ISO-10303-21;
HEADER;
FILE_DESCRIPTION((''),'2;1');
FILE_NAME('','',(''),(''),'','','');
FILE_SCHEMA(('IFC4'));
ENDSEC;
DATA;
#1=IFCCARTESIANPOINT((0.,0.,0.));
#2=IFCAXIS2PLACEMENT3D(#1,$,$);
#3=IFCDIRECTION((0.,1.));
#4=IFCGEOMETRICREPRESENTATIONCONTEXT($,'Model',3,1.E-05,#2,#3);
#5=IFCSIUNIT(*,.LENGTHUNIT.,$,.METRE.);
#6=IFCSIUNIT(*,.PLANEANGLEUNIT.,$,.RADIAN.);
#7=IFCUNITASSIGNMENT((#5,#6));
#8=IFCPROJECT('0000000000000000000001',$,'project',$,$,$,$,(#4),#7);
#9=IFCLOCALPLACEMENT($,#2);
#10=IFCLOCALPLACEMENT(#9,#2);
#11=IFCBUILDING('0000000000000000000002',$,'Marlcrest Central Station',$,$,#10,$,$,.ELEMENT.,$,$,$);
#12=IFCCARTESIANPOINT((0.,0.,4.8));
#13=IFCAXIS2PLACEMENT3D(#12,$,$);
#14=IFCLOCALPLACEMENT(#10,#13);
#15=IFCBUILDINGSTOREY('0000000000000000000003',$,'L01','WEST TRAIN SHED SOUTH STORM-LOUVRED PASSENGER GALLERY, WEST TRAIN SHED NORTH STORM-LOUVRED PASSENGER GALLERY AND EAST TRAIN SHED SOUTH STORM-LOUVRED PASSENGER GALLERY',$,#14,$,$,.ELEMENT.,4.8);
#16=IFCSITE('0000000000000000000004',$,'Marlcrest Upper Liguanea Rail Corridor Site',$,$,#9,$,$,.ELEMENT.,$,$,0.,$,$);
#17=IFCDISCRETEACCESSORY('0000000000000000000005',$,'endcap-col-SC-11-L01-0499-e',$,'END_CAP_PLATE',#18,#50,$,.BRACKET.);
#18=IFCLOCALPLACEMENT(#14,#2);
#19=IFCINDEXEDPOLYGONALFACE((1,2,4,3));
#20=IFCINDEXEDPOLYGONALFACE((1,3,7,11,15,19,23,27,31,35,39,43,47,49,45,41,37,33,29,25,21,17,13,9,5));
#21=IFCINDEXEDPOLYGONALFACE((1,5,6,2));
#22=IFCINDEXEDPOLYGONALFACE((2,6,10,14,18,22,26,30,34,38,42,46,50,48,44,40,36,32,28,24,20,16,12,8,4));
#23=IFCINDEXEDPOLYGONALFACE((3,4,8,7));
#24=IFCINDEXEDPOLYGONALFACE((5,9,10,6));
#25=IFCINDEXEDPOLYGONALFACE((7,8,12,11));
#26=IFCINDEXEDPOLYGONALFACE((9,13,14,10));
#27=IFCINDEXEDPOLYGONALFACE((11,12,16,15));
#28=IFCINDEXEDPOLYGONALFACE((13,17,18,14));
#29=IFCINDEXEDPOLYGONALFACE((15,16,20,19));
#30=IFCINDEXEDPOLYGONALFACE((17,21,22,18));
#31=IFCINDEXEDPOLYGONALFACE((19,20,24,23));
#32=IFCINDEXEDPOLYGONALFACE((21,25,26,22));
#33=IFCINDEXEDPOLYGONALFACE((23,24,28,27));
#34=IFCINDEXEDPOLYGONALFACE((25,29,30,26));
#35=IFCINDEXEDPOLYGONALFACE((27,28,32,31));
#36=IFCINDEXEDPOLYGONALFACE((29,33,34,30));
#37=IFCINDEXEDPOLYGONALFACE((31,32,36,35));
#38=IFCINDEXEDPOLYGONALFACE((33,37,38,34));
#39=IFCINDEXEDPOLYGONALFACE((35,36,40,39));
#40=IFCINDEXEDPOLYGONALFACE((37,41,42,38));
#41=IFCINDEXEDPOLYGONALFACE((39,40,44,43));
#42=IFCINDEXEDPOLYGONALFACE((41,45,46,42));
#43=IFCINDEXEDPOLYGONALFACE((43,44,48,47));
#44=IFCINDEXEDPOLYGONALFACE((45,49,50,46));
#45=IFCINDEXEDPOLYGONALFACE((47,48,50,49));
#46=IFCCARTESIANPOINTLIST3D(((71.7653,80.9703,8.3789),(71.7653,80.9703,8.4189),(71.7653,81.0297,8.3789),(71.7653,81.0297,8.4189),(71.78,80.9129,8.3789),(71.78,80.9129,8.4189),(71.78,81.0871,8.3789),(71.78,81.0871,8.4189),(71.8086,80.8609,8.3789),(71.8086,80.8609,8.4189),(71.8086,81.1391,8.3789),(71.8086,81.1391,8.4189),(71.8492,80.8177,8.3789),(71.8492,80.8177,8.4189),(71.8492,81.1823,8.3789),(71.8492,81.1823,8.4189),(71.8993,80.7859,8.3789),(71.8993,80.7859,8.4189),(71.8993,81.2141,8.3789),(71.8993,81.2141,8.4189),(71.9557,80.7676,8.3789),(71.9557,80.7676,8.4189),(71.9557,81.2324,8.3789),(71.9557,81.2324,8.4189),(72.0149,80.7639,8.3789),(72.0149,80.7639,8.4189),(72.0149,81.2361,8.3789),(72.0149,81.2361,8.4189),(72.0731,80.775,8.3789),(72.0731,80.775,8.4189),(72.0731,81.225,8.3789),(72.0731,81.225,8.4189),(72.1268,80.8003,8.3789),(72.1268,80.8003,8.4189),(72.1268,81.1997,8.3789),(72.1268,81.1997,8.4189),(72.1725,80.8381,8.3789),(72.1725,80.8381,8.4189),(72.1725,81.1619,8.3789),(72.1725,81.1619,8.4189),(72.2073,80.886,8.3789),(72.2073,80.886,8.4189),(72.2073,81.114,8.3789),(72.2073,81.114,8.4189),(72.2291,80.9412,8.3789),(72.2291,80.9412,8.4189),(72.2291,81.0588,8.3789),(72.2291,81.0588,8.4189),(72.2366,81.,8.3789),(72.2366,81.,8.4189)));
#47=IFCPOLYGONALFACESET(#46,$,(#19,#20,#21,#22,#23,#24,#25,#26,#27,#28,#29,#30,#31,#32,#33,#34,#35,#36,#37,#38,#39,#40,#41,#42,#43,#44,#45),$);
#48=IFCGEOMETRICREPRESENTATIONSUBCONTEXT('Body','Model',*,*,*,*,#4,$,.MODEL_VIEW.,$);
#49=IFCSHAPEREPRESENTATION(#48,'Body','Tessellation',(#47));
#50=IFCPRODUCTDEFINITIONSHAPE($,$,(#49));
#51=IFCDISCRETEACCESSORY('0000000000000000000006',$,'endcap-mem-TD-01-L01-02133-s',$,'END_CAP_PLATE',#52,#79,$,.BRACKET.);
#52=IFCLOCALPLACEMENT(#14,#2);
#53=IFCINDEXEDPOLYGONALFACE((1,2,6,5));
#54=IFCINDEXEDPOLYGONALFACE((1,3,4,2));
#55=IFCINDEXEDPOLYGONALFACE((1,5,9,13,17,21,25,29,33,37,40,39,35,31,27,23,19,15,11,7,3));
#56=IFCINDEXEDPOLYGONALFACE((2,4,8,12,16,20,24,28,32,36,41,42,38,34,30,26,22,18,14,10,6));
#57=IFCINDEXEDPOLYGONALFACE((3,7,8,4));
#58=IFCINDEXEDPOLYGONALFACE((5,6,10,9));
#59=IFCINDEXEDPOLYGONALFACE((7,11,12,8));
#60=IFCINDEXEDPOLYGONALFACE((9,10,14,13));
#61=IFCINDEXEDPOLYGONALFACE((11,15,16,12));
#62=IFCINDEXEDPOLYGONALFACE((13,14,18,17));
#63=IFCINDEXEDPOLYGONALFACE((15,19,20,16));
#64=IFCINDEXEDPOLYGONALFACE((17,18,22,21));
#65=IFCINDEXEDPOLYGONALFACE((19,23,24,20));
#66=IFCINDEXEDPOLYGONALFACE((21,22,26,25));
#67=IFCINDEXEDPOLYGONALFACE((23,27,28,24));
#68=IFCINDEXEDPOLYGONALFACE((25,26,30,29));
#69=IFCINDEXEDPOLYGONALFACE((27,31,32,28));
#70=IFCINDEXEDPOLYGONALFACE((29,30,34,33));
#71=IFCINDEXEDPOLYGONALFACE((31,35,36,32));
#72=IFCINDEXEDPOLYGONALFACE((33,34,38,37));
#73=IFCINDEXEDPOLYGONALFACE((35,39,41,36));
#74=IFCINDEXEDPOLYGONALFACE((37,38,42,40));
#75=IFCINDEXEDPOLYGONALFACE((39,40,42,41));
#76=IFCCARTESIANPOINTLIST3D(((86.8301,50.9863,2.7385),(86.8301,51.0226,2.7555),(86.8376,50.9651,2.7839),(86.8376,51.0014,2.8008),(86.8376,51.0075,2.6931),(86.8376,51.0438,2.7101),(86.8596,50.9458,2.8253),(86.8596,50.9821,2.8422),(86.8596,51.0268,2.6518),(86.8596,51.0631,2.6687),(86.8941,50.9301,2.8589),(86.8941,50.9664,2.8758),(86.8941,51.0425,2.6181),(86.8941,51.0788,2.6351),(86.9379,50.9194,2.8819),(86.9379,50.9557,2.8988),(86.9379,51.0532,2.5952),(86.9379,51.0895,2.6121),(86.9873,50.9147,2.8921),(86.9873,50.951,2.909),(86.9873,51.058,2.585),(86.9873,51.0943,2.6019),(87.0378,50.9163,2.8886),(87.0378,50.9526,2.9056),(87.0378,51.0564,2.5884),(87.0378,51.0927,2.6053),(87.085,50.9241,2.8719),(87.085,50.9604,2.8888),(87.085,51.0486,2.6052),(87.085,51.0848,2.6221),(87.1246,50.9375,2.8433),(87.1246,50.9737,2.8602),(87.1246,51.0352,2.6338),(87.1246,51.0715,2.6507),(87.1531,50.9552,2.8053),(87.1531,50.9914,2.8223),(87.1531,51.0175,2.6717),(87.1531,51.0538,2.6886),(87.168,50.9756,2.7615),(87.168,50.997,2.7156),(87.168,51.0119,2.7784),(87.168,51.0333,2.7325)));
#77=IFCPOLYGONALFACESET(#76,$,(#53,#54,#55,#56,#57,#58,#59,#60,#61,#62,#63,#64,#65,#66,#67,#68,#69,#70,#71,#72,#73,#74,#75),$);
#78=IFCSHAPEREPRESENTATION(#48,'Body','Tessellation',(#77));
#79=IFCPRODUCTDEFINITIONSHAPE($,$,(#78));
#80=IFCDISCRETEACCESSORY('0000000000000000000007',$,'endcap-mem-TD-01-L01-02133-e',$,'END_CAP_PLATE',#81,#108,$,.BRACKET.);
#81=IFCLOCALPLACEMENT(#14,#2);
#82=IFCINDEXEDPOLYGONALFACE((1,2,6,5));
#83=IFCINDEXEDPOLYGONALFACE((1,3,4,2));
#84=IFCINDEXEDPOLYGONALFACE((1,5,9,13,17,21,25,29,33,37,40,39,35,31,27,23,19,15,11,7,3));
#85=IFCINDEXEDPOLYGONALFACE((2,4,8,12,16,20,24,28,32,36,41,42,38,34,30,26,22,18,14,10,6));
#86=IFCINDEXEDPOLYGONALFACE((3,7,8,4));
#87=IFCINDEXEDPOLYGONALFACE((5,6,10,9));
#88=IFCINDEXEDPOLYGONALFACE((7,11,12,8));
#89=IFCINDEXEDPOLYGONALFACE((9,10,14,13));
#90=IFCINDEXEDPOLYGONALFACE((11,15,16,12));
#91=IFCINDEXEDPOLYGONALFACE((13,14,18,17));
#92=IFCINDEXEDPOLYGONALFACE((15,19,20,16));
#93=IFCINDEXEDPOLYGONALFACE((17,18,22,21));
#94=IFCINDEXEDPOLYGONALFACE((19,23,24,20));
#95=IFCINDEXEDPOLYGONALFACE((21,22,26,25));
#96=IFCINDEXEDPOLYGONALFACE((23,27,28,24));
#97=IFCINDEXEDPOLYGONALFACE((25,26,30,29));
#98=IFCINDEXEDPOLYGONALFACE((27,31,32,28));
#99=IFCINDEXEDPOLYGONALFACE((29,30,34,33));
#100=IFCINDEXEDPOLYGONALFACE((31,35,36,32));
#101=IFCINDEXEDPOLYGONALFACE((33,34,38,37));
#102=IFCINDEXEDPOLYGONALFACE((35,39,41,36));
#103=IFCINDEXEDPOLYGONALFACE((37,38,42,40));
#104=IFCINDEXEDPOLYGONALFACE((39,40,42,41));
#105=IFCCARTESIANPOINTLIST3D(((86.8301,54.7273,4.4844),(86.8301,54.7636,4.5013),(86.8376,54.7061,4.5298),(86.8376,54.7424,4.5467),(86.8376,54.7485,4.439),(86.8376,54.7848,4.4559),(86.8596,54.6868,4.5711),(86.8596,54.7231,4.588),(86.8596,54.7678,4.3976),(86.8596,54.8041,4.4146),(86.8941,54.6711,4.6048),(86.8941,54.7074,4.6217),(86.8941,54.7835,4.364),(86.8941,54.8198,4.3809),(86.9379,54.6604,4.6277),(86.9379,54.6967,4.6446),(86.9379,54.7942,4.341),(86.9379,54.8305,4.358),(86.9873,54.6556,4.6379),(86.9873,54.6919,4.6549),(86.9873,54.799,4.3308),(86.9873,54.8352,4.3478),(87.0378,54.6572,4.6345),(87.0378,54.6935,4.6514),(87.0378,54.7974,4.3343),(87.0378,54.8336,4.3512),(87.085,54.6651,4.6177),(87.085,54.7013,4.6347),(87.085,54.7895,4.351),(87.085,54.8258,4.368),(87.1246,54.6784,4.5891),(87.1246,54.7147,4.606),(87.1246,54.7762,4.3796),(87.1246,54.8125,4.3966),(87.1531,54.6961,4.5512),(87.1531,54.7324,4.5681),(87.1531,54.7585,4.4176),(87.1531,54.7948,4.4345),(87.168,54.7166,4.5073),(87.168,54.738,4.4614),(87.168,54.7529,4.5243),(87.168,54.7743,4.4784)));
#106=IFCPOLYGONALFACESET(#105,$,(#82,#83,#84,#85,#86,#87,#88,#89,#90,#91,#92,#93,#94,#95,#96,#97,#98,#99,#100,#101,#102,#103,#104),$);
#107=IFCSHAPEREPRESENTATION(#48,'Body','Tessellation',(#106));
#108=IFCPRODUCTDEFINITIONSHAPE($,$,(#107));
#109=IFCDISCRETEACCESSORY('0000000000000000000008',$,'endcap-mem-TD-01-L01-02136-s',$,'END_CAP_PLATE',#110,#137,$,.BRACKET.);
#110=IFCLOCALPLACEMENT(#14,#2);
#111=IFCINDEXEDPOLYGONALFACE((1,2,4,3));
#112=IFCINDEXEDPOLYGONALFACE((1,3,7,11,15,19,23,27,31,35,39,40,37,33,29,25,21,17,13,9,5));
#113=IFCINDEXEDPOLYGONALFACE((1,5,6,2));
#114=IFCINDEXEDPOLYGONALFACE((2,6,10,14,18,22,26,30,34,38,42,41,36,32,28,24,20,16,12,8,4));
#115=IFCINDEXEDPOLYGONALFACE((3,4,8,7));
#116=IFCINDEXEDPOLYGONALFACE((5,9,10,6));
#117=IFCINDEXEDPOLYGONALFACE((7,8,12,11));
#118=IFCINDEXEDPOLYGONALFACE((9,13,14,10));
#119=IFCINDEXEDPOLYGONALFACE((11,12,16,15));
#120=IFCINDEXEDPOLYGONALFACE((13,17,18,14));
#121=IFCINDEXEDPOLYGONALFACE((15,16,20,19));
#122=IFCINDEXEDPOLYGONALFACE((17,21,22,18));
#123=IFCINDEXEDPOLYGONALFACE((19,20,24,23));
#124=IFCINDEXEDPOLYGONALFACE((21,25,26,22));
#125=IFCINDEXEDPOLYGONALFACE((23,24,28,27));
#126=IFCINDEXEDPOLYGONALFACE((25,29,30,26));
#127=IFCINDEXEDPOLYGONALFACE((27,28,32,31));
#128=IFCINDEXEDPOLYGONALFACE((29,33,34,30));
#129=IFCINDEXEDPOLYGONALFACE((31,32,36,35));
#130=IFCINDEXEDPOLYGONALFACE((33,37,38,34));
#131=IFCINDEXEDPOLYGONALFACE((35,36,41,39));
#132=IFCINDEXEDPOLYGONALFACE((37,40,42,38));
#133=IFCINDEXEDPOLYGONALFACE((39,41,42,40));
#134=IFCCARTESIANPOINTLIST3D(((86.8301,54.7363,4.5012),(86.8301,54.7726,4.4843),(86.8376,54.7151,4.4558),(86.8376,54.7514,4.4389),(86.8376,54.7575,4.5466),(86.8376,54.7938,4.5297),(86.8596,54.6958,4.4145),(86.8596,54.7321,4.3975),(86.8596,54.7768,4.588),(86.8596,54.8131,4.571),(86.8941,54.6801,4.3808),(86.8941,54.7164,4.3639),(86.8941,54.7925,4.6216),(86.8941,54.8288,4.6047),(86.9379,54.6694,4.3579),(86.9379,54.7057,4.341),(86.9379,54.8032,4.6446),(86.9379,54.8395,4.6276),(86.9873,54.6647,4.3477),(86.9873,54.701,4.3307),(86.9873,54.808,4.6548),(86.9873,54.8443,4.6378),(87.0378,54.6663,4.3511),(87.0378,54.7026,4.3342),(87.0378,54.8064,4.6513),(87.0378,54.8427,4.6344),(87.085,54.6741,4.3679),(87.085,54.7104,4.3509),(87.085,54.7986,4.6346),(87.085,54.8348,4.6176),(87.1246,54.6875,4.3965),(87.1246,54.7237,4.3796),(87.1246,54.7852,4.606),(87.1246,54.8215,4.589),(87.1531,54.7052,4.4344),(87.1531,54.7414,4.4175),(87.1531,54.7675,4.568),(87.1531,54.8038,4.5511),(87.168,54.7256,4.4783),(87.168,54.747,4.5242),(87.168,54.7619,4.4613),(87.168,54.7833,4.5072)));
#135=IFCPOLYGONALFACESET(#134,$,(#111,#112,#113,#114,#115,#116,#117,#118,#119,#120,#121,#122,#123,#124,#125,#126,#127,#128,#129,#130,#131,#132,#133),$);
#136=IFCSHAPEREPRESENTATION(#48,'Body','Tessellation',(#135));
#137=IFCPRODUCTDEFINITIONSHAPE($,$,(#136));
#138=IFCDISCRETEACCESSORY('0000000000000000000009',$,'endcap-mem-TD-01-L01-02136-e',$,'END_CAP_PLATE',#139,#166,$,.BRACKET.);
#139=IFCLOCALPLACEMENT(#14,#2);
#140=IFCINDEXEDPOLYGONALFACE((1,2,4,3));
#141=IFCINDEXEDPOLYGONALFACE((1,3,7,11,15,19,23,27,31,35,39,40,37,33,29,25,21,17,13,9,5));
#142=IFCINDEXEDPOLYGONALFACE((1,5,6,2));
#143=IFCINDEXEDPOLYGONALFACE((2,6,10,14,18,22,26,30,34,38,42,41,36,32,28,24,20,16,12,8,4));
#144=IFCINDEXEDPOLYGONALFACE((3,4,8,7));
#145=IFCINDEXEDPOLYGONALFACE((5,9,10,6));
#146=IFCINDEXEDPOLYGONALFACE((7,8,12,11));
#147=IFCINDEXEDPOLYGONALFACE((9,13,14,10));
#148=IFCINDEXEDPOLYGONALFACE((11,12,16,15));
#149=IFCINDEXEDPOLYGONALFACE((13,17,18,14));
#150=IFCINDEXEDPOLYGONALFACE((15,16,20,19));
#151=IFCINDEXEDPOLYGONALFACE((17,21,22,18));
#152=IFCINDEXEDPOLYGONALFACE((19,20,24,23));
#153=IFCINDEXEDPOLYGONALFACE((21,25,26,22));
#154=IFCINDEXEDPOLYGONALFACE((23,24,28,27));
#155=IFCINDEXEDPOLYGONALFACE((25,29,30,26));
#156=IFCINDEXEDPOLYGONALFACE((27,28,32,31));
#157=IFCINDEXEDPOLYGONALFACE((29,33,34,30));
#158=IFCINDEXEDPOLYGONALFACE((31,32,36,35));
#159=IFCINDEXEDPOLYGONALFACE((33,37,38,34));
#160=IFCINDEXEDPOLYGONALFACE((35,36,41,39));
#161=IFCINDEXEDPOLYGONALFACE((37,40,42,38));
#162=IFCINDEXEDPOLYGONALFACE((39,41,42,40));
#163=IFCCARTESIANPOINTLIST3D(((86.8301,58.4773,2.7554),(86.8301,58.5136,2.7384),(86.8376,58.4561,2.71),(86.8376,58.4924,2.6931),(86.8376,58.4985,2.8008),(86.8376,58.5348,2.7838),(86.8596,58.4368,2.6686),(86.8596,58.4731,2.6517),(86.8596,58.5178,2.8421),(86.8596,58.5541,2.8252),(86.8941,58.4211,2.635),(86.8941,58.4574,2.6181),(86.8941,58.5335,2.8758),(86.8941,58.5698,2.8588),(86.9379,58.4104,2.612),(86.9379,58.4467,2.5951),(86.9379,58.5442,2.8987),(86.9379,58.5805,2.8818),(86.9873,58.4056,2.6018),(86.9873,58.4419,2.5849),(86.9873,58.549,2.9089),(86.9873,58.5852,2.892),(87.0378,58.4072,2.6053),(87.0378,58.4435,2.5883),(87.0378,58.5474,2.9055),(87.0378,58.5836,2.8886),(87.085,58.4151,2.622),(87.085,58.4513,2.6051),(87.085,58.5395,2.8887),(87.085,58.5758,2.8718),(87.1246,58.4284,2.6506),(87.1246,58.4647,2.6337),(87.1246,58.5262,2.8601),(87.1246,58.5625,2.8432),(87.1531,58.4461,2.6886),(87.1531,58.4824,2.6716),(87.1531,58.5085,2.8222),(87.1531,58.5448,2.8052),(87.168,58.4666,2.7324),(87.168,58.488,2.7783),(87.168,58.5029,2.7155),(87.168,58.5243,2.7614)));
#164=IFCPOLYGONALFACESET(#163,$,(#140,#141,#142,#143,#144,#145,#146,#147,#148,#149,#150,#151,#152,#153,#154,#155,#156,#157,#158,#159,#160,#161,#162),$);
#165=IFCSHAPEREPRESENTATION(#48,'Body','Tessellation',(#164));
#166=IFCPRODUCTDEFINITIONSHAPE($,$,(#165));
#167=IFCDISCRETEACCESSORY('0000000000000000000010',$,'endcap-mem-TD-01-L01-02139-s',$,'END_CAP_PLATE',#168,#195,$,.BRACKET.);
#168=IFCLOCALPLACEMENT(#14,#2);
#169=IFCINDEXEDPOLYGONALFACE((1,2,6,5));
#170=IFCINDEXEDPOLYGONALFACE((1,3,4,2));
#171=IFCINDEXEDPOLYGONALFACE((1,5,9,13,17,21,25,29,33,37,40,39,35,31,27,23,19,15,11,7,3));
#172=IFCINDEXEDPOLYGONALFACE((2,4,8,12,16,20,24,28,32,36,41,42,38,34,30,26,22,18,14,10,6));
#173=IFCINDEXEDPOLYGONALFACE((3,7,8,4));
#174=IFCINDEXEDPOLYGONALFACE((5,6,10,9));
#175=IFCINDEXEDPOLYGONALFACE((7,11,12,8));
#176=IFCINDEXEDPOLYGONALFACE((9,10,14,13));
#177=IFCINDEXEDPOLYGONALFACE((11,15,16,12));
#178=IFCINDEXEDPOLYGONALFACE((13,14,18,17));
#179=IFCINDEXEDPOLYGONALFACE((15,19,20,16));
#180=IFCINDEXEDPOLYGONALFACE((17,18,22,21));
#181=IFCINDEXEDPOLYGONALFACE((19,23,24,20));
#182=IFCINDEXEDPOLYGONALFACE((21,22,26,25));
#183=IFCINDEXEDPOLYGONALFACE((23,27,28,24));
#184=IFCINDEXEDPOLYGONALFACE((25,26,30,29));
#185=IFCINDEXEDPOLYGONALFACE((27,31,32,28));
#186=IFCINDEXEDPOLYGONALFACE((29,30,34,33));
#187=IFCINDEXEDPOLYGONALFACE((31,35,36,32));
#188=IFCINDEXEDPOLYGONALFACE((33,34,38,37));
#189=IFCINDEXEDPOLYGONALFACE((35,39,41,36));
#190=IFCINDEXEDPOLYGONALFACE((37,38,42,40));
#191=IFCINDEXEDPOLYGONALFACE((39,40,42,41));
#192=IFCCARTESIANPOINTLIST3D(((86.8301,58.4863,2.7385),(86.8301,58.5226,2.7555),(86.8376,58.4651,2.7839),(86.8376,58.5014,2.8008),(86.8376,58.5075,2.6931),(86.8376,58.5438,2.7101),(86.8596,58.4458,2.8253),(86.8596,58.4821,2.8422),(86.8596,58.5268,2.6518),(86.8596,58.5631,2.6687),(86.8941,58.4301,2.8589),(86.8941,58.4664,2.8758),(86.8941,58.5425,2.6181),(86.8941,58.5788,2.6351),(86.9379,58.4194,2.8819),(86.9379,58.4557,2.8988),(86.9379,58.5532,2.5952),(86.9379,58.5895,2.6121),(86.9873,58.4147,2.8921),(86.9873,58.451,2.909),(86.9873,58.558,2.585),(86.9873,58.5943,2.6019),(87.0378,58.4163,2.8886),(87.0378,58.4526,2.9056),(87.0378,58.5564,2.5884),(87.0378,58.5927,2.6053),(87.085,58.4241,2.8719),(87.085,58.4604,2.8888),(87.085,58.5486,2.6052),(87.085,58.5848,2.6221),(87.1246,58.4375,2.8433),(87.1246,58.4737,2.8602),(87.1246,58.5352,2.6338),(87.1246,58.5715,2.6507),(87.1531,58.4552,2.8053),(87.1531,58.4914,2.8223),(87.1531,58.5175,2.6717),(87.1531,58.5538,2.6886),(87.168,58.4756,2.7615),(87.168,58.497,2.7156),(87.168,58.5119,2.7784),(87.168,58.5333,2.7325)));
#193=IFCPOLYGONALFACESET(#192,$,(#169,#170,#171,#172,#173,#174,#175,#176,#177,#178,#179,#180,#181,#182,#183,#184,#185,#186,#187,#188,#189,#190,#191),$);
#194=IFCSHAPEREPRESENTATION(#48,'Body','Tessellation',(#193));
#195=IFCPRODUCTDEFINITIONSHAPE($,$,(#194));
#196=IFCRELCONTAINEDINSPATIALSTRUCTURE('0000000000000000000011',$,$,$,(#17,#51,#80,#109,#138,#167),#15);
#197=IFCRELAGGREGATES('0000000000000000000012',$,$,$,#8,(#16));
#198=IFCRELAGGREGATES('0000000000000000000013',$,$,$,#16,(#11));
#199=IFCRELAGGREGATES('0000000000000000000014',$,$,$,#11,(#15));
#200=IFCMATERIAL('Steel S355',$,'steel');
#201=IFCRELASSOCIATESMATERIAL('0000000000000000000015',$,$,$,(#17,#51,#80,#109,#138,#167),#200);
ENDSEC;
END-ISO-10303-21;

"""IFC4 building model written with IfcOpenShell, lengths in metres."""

from ifc_helpers import new_model, si_unit, direction, frame, origin, origin_2d, place, context, subcontext, project, spatial, circle, extrude, material, element, save


model = new_model("IFC4")

# Units and contexts
model_context = context("Model", 3, precision=1e-05, world=origin(), true_north=direction((0.0, 1.0)))
body_context = subcontext(model_context, "Body", "Model", "MODEL_VIEW")
ifc_project = project(units=[si_unit("LENGTHUNIT", "METRE"), si_unit("PLANEANGLEUNIT", "RADIAN")], contexts=[model_context])

# Site, building, storey
site_placement = place(None, origin())
site = spatial("IfcSite", under=ifc_project, at=site_placement, Name="Marlcrest Upper Liguanea Rail Corridor Site", CompositionType="ELEMENT", RefElevation=0.0)
building_placement = place(site_placement, origin())
building = spatial("IfcBuilding", under=site, at=building_placement, Name="Marlcrest Central Station", CompositionType="ELEMENT")
storey_placement = place(building_placement, frame((0.0, 0.0, 4.8)))
storey = spatial("IfcBuildingStorey", under=building, at=storey_placement, Name="L01", Description="WEST TRAIN SHED SOUTH STORM-LOUVRED PASSENGER GALLERY, WEST TRAIN SHED NORTH STORM-LOUVRED PASSENGER GALLERY AND EAST TRAIN SHED SOUTH STORM-LOUVRED PASSENGER GALLERY", CompositionType="ELEMENT", Elevation=4.8)

# Shared definitions
ifc_material = material(Name="Steel S355", Category="steel")

# Discrete accessories
discrete_accessory_placement = place(storey_placement, frame((72.0, 81.0, 8.3789), z_axis=(0.0, 0.0, 1.0), x_axis=(1.0, 0.0, 0.0)))
element("IfcDiscreteAccessory", 1, at=discrete_accessory_placement, inside=storey, material=ifc_material, Name="endcap-col-SC-11-L01-0499-e", ObjectType="END_CAP_PLATE", PredefinedType="BRACKET", context=body_context, shape_type="SweptSolid", body=[
    extrude(circle(Radius=0.2366, at=origin_2d()), origin(), (0.0, 0.0, 1.0), 0.04),
])
for number, where, z_axis, x_axis, name in (
    (2, (87.0, 50.9863, 2.7385), (0.0, 0.906183, 0.422885), (-1.0, 0.0, 0.0), "endcap-mem-TD-01-L01-02133-s"),
    (3, (87.0, 54.7273, 4.4844), (0.0, 0.906183, 0.422885), (-1.0, 0.0, 0.0), "endcap-mem-TD-01-L01-02133-e"),
    (4, (87.0, 54.7363, 4.5012), (0.0, 0.906183, -0.422885), (-1.0, 0.0, 0.0), "endcap-mem-TD-01-L01-02136-s"),
    (5, (87.0, 58.4773, 2.7554), (0.0, 0.906183, -0.422885), (-1.0, 0.0, 0.0), "endcap-mem-TD-01-L01-02136-e"),
    (6, (87.0, 58.4863, 2.7385), (0.0, 0.906183, 0.422885), (-1.0, 0.0, 0.0), "endcap-mem-TD-01-L01-02139-s"),
):
    element("IfcDiscreteAccessory", number, at=place(storey_placement, frame(where, z_axis=z_axis, x_axis=x_axis)), inside=storey, material=ifc_material, Name=name, ObjectType="END_CAP_PLATE", PredefinedType="BRACKET", context=body_context, shape_type="SweptSolid", body=[
        extrude(circle(Radius=0.1699, at=origin_2d()), origin(), (0.0, 0.0, 1.0), 0.04),
    ])

save(model, "model.ifc")
